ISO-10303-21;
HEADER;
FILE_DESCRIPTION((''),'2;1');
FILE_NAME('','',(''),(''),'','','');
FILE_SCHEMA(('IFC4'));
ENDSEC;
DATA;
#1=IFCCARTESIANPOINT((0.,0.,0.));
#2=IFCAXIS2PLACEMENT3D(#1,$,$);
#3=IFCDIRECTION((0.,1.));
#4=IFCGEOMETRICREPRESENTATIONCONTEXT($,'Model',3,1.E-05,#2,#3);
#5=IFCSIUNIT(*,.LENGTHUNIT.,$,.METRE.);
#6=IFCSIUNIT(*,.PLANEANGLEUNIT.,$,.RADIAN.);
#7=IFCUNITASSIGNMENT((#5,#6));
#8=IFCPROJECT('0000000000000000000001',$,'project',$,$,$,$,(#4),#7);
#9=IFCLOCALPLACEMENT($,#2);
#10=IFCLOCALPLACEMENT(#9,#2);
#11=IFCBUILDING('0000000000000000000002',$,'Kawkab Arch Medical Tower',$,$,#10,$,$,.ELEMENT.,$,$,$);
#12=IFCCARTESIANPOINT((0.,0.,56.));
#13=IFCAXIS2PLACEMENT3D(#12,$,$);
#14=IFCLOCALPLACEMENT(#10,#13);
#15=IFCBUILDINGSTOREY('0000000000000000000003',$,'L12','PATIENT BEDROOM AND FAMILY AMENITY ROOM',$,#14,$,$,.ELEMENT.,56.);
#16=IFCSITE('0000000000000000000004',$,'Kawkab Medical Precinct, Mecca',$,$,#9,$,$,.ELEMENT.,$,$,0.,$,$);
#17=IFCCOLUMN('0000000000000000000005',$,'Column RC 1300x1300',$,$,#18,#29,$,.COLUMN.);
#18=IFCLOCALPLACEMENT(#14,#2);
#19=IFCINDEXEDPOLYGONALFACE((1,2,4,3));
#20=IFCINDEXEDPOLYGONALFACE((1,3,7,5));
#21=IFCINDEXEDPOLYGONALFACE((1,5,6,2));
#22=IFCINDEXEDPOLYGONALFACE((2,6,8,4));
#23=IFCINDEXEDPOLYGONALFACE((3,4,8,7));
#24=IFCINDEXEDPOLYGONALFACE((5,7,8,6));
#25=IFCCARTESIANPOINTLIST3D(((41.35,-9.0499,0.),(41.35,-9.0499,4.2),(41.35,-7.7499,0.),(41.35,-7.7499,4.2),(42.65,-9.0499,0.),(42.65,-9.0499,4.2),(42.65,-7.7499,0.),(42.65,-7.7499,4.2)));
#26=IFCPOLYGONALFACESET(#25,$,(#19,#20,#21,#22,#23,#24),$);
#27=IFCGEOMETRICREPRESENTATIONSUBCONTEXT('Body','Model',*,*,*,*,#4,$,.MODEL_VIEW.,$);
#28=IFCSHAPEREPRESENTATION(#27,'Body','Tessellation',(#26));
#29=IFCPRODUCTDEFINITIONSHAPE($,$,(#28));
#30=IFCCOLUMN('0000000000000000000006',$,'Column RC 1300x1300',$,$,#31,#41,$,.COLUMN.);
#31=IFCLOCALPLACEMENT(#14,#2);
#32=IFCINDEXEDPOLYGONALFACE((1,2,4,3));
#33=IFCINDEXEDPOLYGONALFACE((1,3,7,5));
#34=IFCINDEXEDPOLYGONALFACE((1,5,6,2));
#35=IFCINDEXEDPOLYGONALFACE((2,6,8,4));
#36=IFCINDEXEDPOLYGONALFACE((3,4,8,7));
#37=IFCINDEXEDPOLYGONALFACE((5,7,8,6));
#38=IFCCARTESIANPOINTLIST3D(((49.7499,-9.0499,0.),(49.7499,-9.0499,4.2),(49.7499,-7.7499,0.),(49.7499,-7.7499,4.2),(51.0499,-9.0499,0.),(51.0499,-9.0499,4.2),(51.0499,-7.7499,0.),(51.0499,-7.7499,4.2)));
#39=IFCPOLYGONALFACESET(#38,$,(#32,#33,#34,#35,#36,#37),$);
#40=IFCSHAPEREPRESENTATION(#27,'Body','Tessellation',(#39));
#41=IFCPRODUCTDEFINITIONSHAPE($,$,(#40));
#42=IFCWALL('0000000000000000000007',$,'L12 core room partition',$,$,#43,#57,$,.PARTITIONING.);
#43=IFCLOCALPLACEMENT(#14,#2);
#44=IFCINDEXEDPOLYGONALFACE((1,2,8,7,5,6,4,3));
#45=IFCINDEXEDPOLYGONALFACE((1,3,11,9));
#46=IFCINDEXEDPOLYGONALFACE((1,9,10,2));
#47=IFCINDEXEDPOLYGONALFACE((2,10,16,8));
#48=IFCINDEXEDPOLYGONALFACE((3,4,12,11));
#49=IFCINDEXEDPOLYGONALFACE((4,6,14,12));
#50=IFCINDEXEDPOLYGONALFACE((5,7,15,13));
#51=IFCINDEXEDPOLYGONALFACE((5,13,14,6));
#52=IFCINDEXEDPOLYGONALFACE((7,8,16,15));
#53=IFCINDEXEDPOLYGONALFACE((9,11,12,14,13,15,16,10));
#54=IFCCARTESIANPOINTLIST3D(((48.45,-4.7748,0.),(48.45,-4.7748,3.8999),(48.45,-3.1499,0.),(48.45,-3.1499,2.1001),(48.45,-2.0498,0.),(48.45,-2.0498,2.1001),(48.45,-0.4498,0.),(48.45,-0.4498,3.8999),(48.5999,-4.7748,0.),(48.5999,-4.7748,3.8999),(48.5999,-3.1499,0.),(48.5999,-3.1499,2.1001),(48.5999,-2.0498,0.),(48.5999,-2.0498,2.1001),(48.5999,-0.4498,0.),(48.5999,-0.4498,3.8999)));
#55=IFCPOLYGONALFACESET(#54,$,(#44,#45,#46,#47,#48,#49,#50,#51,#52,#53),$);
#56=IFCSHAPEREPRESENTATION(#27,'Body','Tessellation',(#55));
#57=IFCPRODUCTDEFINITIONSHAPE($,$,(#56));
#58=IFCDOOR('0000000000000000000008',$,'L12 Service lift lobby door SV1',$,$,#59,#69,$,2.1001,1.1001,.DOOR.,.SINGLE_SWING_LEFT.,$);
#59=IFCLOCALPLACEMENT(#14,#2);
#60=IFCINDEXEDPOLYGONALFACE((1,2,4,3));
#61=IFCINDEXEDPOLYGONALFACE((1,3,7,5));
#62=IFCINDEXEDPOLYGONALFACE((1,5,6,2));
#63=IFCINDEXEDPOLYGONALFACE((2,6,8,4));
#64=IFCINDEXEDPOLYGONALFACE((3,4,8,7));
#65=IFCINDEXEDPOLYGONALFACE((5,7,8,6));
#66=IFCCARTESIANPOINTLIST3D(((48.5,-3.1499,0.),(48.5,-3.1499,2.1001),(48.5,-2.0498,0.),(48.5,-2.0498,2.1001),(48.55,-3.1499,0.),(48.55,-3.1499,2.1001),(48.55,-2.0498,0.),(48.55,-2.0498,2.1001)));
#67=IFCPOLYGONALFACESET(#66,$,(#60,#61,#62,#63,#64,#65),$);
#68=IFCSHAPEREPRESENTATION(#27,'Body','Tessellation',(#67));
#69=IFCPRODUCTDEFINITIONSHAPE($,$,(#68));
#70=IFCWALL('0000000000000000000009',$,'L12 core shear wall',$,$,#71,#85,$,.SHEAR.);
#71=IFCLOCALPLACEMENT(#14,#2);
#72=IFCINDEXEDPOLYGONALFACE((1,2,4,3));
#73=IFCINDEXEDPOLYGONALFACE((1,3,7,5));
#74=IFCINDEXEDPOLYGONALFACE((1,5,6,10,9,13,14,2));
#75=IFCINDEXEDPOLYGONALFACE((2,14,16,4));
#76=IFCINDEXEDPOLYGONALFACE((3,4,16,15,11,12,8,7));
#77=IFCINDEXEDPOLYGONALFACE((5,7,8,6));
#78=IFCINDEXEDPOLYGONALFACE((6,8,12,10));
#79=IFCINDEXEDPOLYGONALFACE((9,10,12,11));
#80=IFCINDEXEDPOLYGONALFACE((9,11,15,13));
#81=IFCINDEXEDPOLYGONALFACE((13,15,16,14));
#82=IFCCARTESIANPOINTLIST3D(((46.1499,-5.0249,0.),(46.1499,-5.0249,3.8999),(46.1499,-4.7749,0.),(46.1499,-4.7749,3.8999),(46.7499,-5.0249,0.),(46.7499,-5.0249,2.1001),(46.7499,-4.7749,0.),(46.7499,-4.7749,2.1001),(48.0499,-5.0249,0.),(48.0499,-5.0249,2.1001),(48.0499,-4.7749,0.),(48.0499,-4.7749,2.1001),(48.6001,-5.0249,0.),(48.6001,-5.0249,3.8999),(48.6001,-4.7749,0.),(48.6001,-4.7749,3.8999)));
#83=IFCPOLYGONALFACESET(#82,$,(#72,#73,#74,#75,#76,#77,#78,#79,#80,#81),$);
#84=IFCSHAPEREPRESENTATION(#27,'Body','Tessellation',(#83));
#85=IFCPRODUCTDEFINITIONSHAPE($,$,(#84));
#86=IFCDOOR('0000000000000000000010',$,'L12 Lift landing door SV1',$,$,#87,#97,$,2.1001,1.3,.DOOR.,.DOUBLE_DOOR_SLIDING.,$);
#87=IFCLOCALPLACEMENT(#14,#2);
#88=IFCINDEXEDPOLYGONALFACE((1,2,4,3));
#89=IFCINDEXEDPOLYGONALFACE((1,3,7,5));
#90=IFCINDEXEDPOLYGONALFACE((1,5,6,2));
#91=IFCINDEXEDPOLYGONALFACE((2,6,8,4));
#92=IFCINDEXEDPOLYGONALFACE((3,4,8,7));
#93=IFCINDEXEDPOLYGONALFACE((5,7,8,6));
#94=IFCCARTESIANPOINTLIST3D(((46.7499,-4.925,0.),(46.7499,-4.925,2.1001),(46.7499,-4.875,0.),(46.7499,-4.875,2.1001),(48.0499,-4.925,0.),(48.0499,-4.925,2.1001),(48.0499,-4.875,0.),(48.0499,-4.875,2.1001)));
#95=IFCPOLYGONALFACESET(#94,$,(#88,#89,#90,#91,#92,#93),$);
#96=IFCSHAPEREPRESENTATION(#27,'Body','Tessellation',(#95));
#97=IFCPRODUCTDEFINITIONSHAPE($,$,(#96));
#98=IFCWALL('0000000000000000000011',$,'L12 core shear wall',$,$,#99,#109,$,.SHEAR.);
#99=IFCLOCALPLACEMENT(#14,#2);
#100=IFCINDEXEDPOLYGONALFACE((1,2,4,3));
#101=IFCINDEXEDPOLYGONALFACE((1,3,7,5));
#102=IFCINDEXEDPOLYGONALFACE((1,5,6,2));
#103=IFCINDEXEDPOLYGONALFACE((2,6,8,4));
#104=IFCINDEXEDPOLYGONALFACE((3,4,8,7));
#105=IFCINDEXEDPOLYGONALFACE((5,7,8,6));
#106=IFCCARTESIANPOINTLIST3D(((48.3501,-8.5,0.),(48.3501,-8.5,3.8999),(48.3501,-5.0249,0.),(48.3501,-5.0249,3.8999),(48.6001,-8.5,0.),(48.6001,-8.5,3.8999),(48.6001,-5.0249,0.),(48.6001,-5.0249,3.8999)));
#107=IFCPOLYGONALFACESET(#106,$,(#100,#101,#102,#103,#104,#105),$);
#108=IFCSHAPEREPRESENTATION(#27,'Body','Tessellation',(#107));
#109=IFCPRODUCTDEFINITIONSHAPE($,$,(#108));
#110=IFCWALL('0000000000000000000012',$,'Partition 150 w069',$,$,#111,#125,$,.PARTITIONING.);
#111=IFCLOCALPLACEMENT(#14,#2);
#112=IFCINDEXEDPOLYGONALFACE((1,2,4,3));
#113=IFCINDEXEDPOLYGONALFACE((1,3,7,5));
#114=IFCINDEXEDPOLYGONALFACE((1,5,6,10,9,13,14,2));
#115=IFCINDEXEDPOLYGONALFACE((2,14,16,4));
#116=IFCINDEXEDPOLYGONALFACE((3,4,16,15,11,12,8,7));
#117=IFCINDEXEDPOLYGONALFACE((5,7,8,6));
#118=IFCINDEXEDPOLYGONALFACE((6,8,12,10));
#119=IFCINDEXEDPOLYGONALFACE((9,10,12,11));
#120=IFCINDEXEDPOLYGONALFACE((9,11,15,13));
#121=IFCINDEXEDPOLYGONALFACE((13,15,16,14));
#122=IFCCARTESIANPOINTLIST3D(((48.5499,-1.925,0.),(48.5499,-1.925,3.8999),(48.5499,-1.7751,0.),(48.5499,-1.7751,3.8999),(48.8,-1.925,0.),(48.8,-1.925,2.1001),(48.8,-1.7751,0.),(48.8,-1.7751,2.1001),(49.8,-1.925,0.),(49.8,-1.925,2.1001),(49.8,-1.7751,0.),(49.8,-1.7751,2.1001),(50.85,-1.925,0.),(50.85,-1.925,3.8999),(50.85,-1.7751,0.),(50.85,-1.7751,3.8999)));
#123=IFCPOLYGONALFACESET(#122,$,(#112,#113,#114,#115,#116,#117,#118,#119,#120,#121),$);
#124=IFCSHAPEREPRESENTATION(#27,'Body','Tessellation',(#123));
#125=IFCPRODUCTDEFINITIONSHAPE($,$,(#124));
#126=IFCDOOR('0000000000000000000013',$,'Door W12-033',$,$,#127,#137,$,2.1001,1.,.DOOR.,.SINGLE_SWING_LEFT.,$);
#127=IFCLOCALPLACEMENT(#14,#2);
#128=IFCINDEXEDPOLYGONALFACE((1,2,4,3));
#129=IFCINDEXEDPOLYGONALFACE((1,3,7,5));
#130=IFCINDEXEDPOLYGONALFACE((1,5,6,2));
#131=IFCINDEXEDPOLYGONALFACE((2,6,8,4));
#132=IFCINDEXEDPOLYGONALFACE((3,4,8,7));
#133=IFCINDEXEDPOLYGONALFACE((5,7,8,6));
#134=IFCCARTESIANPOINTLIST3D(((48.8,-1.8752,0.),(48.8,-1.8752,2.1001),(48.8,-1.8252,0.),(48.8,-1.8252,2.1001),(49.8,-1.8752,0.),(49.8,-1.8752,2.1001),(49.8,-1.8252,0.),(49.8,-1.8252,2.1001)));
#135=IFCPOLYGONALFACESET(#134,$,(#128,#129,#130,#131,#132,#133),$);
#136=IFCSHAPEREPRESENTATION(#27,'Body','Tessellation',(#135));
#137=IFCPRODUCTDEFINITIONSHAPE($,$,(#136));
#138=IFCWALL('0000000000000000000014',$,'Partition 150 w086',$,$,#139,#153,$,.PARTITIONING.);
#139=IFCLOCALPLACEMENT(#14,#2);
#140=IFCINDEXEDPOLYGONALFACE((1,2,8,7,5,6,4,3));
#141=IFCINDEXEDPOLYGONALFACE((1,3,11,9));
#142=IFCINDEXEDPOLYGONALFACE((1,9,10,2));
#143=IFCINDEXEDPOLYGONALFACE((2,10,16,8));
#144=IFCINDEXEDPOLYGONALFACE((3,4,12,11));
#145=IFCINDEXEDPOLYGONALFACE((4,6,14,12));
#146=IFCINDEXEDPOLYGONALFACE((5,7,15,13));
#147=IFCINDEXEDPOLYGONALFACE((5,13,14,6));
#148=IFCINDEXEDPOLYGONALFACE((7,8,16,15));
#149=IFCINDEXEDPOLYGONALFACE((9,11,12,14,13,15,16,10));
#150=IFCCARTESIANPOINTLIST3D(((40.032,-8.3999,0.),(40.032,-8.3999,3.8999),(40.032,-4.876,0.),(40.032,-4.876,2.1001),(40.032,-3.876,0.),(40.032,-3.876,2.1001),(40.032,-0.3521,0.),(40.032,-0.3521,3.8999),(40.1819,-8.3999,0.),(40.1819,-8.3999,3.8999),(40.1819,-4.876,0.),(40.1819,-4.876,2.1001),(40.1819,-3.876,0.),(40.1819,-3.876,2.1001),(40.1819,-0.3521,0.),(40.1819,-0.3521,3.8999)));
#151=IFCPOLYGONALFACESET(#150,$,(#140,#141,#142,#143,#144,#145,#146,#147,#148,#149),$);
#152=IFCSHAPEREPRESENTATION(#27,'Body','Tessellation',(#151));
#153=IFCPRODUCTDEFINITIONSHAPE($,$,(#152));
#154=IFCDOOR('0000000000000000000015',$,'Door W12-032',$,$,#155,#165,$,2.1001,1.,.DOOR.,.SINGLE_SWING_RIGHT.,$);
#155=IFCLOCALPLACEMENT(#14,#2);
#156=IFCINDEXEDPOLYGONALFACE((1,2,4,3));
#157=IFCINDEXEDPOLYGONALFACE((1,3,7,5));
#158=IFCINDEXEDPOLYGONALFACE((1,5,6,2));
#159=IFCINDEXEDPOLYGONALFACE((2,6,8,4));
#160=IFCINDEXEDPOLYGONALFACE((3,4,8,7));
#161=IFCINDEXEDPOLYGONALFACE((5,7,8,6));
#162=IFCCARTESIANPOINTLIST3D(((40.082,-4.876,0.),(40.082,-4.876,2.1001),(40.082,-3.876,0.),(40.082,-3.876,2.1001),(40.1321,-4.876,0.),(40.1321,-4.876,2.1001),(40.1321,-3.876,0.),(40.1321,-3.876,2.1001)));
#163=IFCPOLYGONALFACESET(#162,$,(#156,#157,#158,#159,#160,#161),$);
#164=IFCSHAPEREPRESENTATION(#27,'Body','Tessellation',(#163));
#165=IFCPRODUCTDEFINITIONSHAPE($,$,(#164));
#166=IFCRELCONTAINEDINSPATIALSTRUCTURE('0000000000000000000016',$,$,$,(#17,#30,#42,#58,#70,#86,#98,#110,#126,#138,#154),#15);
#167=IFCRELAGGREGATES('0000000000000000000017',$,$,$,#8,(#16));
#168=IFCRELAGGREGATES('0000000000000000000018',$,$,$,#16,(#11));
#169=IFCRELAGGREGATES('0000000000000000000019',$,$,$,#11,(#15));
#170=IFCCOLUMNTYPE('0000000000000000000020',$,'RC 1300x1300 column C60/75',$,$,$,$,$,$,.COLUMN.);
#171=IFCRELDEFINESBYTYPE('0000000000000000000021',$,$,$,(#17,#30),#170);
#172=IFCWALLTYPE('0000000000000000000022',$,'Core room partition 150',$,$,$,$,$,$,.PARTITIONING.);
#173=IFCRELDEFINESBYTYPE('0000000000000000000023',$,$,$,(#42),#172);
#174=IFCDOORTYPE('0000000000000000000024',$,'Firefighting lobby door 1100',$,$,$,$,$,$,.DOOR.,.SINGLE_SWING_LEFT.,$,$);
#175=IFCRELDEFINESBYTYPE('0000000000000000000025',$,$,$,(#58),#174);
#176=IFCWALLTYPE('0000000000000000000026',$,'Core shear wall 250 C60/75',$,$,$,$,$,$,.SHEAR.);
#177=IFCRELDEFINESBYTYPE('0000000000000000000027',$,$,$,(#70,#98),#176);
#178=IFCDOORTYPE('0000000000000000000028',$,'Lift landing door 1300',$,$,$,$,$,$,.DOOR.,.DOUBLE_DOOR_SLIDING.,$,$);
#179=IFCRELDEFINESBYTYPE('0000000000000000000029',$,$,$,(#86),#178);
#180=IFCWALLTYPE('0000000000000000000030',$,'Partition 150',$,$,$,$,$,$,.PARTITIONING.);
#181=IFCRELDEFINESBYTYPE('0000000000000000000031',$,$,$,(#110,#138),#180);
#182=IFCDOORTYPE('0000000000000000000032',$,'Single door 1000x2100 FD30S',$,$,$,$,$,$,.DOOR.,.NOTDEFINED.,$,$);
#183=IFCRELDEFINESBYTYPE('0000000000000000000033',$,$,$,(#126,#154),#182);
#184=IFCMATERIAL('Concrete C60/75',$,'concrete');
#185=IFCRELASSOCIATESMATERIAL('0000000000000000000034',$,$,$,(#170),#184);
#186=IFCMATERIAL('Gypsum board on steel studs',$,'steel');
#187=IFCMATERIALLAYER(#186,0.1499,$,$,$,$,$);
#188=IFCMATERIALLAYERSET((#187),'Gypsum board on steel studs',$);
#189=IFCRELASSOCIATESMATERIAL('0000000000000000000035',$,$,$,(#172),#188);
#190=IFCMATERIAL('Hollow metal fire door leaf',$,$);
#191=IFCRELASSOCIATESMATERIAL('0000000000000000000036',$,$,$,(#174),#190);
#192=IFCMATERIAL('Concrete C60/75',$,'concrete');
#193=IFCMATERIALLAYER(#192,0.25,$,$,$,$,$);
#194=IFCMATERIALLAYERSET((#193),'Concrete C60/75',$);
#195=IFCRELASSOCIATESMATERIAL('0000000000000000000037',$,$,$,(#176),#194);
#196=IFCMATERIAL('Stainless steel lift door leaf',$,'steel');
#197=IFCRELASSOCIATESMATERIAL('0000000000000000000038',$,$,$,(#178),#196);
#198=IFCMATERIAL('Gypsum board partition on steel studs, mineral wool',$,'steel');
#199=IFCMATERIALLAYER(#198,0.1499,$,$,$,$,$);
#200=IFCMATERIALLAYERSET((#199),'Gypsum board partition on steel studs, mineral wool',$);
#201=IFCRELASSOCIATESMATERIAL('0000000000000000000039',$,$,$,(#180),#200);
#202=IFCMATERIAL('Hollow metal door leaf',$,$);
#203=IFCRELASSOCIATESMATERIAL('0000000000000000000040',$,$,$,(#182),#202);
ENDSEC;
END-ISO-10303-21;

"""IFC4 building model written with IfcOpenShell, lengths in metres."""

from ifc_helpers import new_model, si_unit, direction, frame, frame_2d, origin, origin_2d, place, context, subcontext, project, spatial, rectangle, extrude, material, layer, layer_set, material_profile, profile_set, type_object, element, fill, save


model = new_model("IFC4")

# Units and contexts
model_context = context("Model", 3, precision=1e-05, world=origin(), true_north=direction((0.0, 1.0)))
body_context = subcontext(model_context, "Body", "Model", "MODEL_VIEW")
ifc_project = project(units=[si_unit("LENGTHUNIT", "METRE"), si_unit("PLANEANGLEUNIT", "RADIAN")], contexts=[model_context])

# Site, building, storey
site_placement = place(None, origin())
site = spatial("IfcSite", under=ifc_project, at=site_placement, Name="Kawkab Medical Precinct, Mecca", CompositionType="ELEMENT", RefElevation=0.0)
building_placement = place(site_placement, origin())
building = spatial("IfcBuilding", under=site, at=building_placement, Name="Kawkab Arch Medical Tower", CompositionType="ELEMENT")
storey_placement = place(building_placement, frame((0.0, 0.0, 56.0)))
storey = spatial("IfcBuildingStorey", under=building, at=storey_placement, Name="L12", Description="PATIENT BEDROOM AND FAMILY AMENITY ROOM", CompositionType="ELEMENT", Elevation=56.0)

# Columns
ifc_material_1 = material(Name="Concrete C60/75", Category="concrete")
ifc_material_profile = material_profile(ifc_material_1, rectangle(XDim=1.3, YDim=1.3, at=origin_2d()), Name="RC 1300x1300")
ifc_profile_set = profile_set([ifc_material_profile], Name="Concrete C60/75")
column_type = type_object("IfcColumnType", Name="RC 1300x1300 column C60/75", PredefinedType="COLUMN", material=ifc_profile_set)
for number, where, z_axis, x_axis, name in (
    (1, (42.0, -8.3999, 0.0), (0.0, 0.0, 1.0), (1.0, 0.0, 0.0), "Column RC 1300x1300"),
    (2, (50.3999, -8.3999, 0.0), (0.0, 0.0, 1.0), (1.0, 0.0, 0.0), "Column RC 1300x1300"),
):
    element("IfcColumn", number, at=place(storey_placement, frame(where, z_axis=z_axis, x_axis=x_axis)), inside=storey, type_object=column_type, Name=name, PredefinedType="COLUMN", context=body_context, shape_type="SweptSolid", body=[
        extrude(rectangle(XDim=1.3, YDim=1.3, at=origin_2d()), origin(), (0.0, 0.0, 1.0), 4.2),
    ])

# Walls, openings, doors
ifc_material_2 = material(Name="Gypsum board on steel studs", Category="steel")
ifc_layer_1 = layer(ifc_material_2, 0.1499)
ifc_layer_set_1 = layer_set([ifc_layer_1], Name="Gypsum board on steel studs")
wall_type_1 = type_object("IfcWallType", Name="Core room partition 150", PredefinedType="PARTITIONING", material=ifc_layer_set_1)
wall_1_placement = place(storey_placement, frame((48.5249, -4.7749, 0.0), z_axis=(0.0, 0.0, 1.0), x_axis=(0.0, 1.0, 0.0)))
wall_1 = element("IfcWall", 3, at=wall_1_placement, inside=storey, type_object=wall_type_1, Name="L12 core room partition", PredefinedType="PARTITIONING", context=body_context, shape_type="SweptSolid", body=[
    extrude(rectangle(XDim=4.325, YDim=0.1499, at=frame_2d((2.1626, 0.0))), origin(), (0.0, 0.0, 1.0), 3.8999),
])
opening_1_placement = place(wall_1_placement, frame((1.625, 0.0, 0.0)))
opening_1 = element("IfcOpeningElement", 4, at=opening_1_placement, cuts=wall_1, PredefinedType="OPENING", context=body_context, shape_type="SweptSolid", body=[
    extrude(rectangle(XDim=1.1001, YDim=2.1001, at=frame_2d((0.55, 1.05))), frame((0.0, 0.085, 0.0), z_axis=(0.0, -1.0, 0.0), x_axis=(1.0, 0.0, 0.0)), (0.0, 0.0, 1.0), 0.1699),
])
ifc_material_3 = material(Name="Hollow metal fire door leaf")
door_type_1 = type_object("IfcDoorType", Name="Firefighting lobby door 1100", OperationType="SINGLE_SWING_LEFT", PredefinedType="DOOR", material=ifc_material_3)
door_1_placement = place(opening_1_placement, origin())
door_1 = element("IfcDoor", 5, at=door_1_placement, inside=storey, type_object=door_type_1, Name="L12 Service lift lobby door SV1", OperationType="SINGLE_SWING_LEFT", OverallHeight=2.1001, OverallWidth=1.1001, PredefinedType="DOOR", context=body_context, shape_type="SweptSolid", body=[
    extrude(rectangle(XDim=1.1001, YDim=2.1001, at=frame_2d((0.55, 1.05))), frame((0.0, 0.0249, 0.0), z_axis=(0.0, -1.0, 0.0), x_axis=(1.0, 0.0, 0.0)), (0.0, 0.0, 1.0), 0.05),
])
fill(opening_1, door_1)
ifc_material_4 = material(Name="Concrete C60/75", Category="concrete")
ifc_layer_2 = layer(ifc_material_4, 0.25)
ifc_layer_set_2 = layer_set([ifc_layer_2], Name="Concrete C60/75")
wall_type_2 = type_object("IfcWallType", Name="Core shear wall 250 C60/75", PredefinedType="SHEAR", material=ifc_layer_set_2)
wall_2_placement = place(storey_placement, frame((46.1499, -4.8999, 0.0), z_axis=(0.0, 0.0, 1.0), x_axis=(1.0, 0.0, 0.0)))
wall_2 = element("IfcWall", 6, at=wall_2_placement, inside=storey, type_object=wall_type_2, Name="L12 core shear wall", PredefinedType="SHEAR", context=body_context, shape_type="SweptSolid", body=[
    extrude(rectangle(XDim=2.4502, YDim=0.25, at=frame_2d((1.2251, 0.0))), origin(), (0.0, 0.0, 1.0), 3.8999),
])
opening_2_placement = place(wall_2_placement, frame((0.6001, 0.0, 0.0)))
opening_2 = element("IfcOpeningElement", 7, at=opening_2_placement, cuts=wall_2, PredefinedType="OPENING", context=body_context, shape_type="SweptSolid", body=[
    extrude(rectangle(XDim=1.3, YDim=2.1001, at=frame_2d((0.6499, 1.05))), frame((0.0, 0.135, 0.0), z_axis=(0.0, -1.0, 0.0), x_axis=(1.0, 0.0, 0.0)), (0.0, 0.0, 1.0), 0.27),
])
ifc_material_5 = material(Name="Stainless steel lift door leaf", Category="steel")
door_type_2 = type_object("IfcDoorType", Name="Lift landing door 1300", OperationType="DOUBLE_DOOR_SLIDING", PredefinedType="DOOR", material=ifc_material_5)
door_2_placement = place(opening_2_placement, origin())
door_2 = element("IfcDoor", 8, at=door_2_placement, inside=storey, type_object=door_type_2, Name="L12 Lift landing door SV1", OperationType="DOUBLE_DOOR_SLIDING", OverallHeight=2.1001, OverallWidth=1.3, PredefinedType="DOOR", context=body_context, shape_type="SweptSolid", body=[
    extrude(rectangle(XDim=1.3, YDim=2.1001, at=frame_2d((0.6499, 1.05))), frame((0.0, 0.0249, 0.0), z_axis=(0.0, -1.0, 0.0), x_axis=(1.0, 0.0, 0.0)), (0.0, 0.0, 1.0), 0.05),
])
fill(opening_2, door_2)

# Wall
wall_3_placement = place(storey_placement, frame((48.4751, -8.5, 0.0), z_axis=(0.0, 0.0, 1.0), x_axis=(0.0, 1.0, 0.0)))
element("IfcWall", 9, at=wall_3_placement, inside=storey, type_object=wall_type_2, Name="L12 core shear wall", PredefinedType="SHEAR", context=body_context, shape_type="SweptSolid", body=[
    extrude(rectangle(XDim=3.4751, YDim=0.25, at=frame_2d((1.7375, 0.0))), origin(), (0.0, 0.0, 1.0), 3.8999),
])

# Walls, openings, doors
ifc_material_6 = material(Name="Gypsum board partition on steel studs, mineral wool", Category="steel")
ifc_layer_3 = layer(ifc_material_6, 0.1499)
ifc_layer_set_3 = layer_set([ifc_layer_3], Name="Gypsum board partition on steel studs, mineral wool")
wall_type_3 = type_object("IfcWallType", Name="Partition 150", PredefinedType="PARTITIONING", material=ifc_layer_set_3)
wall_4_placement = place(storey_placement, frame((48.55, -1.8501, 0.0), z_axis=(0.0, 0.0, 1.0), x_axis=(1.0, 0.0, 0.0)))
wall_4 = element("IfcWall", 10, at=wall_4_placement, inside=storey, type_object=wall_type_3, Name="Partition 150 w069", PredefinedType="PARTITIONING", context=body_context, shape_type="SweptSolid", body=[
    extrude(rectangle(XDim=2.3, YDim=0.1499, at=frame_2d((1.1499, 0.0))), origin(), (0.0, 0.0, 1.0), 3.8999),
])
opening_3_placement = place(wall_4_placement, frame((0.25, 0.0, 0.0)))
opening_3 = element("IfcOpeningElement", 11, at=opening_3_placement, cuts=wall_4, PredefinedType="OPENING", context=body_context, shape_type="SweptSolid", body=[
    extrude(rectangle(XDim=1.0, YDim=2.1001, at=frame_2d((0.5, 1.05))), frame((0.0, 0.085, 0.0), z_axis=(0.0, -1.0, 0.0), x_axis=(1.0, 0.0, 0.0)), (0.0, 0.0, 1.0), 0.1699),
])
ifc_material_7 = material(Name="Hollow metal door leaf")
door_type_3 = type_object("IfcDoorType", Name="Single door 1000x2100 FD30S", OperationType="NOTDEFINED", PredefinedType="DOOR", material=ifc_material_7)
door_3_placement = place(opening_3_placement, origin())
door_3 = element("IfcDoor", 12, at=door_3_placement, inside=storey, type_object=door_type_3, Name="Door W12-033", OperationType="SINGLE_SWING_LEFT", OverallHeight=2.1001, OverallWidth=1.0, PredefinedType="DOOR", context=body_context, shape_type="SweptSolid", body=[
    extrude(rectangle(XDim=1.0, YDim=2.1001, at=frame_2d((0.5, 1.05))), frame((0.0, 0.0249, 0.0), z_axis=(0.0, -1.0, 0.0), x_axis=(1.0, 0.0, 0.0)), (0.0, 0.0, 1.0), 0.05),
])
fill(opening_3, door_3)
wall_5_placement = place(storey_placement, frame((40.1069, -8.3999, 0.0), z_axis=(0.0, 0.0, 1.0), x_axis=(0.0, 1.0, 0.0)))
wall_5 = element("IfcWall", 13, at=wall_5_placement, inside=storey, type_object=wall_type_3, Name="Partition 150 w086", PredefinedType="PARTITIONING", context=body_context, shape_type="SweptSolid", body=[
    extrude(rectangle(XDim=8.0479, YDim=0.1499, at=frame_2d((4.0239, 0.0))), origin(), (0.0, 0.0, 1.0), 3.8999),
])
opening_4_placement = place(wall_5_placement, frame((3.5239, 0.0, 0.0)))
opening_4 = element("IfcOpeningElement", 14, at=opening_4_placement, cuts=wall_5, PredefinedType="OPENING", context=body_context, shape_type="SweptSolid", body=[
    extrude(rectangle(XDim=1.0, YDim=2.1001, at=frame_2d((0.5, 1.05))), frame((0.0, 0.085, 0.0), z_axis=(0.0, -1.0, 0.0), x_axis=(1.0, 0.0, 0.0)), (0.0, 0.0, 1.0), 0.1699),
])
door_4_placement = place(opening_4_placement, origin())
door_4 = element("IfcDoor", 15, at=door_4_placement, inside=storey, type_object=door_type_3, Name="Door W12-032", OperationType="SINGLE_SWING_RIGHT", OverallHeight=2.1001, OverallWidth=1.0, PredefinedType="DOOR", context=body_context, shape_type="SweptSolid", body=[
    extrude(rectangle(XDim=1.0, YDim=2.1001, at=frame_2d((0.5, 1.05))), frame((0.0, 0.0249, 0.0), z_axis=(0.0, -1.0, 0.0), x_axis=(1.0, 0.0, 0.0)), (0.0, 0.0, 1.0), 0.05),
])
fill(opening_4, door_4)

save(model, "model.ifc")
